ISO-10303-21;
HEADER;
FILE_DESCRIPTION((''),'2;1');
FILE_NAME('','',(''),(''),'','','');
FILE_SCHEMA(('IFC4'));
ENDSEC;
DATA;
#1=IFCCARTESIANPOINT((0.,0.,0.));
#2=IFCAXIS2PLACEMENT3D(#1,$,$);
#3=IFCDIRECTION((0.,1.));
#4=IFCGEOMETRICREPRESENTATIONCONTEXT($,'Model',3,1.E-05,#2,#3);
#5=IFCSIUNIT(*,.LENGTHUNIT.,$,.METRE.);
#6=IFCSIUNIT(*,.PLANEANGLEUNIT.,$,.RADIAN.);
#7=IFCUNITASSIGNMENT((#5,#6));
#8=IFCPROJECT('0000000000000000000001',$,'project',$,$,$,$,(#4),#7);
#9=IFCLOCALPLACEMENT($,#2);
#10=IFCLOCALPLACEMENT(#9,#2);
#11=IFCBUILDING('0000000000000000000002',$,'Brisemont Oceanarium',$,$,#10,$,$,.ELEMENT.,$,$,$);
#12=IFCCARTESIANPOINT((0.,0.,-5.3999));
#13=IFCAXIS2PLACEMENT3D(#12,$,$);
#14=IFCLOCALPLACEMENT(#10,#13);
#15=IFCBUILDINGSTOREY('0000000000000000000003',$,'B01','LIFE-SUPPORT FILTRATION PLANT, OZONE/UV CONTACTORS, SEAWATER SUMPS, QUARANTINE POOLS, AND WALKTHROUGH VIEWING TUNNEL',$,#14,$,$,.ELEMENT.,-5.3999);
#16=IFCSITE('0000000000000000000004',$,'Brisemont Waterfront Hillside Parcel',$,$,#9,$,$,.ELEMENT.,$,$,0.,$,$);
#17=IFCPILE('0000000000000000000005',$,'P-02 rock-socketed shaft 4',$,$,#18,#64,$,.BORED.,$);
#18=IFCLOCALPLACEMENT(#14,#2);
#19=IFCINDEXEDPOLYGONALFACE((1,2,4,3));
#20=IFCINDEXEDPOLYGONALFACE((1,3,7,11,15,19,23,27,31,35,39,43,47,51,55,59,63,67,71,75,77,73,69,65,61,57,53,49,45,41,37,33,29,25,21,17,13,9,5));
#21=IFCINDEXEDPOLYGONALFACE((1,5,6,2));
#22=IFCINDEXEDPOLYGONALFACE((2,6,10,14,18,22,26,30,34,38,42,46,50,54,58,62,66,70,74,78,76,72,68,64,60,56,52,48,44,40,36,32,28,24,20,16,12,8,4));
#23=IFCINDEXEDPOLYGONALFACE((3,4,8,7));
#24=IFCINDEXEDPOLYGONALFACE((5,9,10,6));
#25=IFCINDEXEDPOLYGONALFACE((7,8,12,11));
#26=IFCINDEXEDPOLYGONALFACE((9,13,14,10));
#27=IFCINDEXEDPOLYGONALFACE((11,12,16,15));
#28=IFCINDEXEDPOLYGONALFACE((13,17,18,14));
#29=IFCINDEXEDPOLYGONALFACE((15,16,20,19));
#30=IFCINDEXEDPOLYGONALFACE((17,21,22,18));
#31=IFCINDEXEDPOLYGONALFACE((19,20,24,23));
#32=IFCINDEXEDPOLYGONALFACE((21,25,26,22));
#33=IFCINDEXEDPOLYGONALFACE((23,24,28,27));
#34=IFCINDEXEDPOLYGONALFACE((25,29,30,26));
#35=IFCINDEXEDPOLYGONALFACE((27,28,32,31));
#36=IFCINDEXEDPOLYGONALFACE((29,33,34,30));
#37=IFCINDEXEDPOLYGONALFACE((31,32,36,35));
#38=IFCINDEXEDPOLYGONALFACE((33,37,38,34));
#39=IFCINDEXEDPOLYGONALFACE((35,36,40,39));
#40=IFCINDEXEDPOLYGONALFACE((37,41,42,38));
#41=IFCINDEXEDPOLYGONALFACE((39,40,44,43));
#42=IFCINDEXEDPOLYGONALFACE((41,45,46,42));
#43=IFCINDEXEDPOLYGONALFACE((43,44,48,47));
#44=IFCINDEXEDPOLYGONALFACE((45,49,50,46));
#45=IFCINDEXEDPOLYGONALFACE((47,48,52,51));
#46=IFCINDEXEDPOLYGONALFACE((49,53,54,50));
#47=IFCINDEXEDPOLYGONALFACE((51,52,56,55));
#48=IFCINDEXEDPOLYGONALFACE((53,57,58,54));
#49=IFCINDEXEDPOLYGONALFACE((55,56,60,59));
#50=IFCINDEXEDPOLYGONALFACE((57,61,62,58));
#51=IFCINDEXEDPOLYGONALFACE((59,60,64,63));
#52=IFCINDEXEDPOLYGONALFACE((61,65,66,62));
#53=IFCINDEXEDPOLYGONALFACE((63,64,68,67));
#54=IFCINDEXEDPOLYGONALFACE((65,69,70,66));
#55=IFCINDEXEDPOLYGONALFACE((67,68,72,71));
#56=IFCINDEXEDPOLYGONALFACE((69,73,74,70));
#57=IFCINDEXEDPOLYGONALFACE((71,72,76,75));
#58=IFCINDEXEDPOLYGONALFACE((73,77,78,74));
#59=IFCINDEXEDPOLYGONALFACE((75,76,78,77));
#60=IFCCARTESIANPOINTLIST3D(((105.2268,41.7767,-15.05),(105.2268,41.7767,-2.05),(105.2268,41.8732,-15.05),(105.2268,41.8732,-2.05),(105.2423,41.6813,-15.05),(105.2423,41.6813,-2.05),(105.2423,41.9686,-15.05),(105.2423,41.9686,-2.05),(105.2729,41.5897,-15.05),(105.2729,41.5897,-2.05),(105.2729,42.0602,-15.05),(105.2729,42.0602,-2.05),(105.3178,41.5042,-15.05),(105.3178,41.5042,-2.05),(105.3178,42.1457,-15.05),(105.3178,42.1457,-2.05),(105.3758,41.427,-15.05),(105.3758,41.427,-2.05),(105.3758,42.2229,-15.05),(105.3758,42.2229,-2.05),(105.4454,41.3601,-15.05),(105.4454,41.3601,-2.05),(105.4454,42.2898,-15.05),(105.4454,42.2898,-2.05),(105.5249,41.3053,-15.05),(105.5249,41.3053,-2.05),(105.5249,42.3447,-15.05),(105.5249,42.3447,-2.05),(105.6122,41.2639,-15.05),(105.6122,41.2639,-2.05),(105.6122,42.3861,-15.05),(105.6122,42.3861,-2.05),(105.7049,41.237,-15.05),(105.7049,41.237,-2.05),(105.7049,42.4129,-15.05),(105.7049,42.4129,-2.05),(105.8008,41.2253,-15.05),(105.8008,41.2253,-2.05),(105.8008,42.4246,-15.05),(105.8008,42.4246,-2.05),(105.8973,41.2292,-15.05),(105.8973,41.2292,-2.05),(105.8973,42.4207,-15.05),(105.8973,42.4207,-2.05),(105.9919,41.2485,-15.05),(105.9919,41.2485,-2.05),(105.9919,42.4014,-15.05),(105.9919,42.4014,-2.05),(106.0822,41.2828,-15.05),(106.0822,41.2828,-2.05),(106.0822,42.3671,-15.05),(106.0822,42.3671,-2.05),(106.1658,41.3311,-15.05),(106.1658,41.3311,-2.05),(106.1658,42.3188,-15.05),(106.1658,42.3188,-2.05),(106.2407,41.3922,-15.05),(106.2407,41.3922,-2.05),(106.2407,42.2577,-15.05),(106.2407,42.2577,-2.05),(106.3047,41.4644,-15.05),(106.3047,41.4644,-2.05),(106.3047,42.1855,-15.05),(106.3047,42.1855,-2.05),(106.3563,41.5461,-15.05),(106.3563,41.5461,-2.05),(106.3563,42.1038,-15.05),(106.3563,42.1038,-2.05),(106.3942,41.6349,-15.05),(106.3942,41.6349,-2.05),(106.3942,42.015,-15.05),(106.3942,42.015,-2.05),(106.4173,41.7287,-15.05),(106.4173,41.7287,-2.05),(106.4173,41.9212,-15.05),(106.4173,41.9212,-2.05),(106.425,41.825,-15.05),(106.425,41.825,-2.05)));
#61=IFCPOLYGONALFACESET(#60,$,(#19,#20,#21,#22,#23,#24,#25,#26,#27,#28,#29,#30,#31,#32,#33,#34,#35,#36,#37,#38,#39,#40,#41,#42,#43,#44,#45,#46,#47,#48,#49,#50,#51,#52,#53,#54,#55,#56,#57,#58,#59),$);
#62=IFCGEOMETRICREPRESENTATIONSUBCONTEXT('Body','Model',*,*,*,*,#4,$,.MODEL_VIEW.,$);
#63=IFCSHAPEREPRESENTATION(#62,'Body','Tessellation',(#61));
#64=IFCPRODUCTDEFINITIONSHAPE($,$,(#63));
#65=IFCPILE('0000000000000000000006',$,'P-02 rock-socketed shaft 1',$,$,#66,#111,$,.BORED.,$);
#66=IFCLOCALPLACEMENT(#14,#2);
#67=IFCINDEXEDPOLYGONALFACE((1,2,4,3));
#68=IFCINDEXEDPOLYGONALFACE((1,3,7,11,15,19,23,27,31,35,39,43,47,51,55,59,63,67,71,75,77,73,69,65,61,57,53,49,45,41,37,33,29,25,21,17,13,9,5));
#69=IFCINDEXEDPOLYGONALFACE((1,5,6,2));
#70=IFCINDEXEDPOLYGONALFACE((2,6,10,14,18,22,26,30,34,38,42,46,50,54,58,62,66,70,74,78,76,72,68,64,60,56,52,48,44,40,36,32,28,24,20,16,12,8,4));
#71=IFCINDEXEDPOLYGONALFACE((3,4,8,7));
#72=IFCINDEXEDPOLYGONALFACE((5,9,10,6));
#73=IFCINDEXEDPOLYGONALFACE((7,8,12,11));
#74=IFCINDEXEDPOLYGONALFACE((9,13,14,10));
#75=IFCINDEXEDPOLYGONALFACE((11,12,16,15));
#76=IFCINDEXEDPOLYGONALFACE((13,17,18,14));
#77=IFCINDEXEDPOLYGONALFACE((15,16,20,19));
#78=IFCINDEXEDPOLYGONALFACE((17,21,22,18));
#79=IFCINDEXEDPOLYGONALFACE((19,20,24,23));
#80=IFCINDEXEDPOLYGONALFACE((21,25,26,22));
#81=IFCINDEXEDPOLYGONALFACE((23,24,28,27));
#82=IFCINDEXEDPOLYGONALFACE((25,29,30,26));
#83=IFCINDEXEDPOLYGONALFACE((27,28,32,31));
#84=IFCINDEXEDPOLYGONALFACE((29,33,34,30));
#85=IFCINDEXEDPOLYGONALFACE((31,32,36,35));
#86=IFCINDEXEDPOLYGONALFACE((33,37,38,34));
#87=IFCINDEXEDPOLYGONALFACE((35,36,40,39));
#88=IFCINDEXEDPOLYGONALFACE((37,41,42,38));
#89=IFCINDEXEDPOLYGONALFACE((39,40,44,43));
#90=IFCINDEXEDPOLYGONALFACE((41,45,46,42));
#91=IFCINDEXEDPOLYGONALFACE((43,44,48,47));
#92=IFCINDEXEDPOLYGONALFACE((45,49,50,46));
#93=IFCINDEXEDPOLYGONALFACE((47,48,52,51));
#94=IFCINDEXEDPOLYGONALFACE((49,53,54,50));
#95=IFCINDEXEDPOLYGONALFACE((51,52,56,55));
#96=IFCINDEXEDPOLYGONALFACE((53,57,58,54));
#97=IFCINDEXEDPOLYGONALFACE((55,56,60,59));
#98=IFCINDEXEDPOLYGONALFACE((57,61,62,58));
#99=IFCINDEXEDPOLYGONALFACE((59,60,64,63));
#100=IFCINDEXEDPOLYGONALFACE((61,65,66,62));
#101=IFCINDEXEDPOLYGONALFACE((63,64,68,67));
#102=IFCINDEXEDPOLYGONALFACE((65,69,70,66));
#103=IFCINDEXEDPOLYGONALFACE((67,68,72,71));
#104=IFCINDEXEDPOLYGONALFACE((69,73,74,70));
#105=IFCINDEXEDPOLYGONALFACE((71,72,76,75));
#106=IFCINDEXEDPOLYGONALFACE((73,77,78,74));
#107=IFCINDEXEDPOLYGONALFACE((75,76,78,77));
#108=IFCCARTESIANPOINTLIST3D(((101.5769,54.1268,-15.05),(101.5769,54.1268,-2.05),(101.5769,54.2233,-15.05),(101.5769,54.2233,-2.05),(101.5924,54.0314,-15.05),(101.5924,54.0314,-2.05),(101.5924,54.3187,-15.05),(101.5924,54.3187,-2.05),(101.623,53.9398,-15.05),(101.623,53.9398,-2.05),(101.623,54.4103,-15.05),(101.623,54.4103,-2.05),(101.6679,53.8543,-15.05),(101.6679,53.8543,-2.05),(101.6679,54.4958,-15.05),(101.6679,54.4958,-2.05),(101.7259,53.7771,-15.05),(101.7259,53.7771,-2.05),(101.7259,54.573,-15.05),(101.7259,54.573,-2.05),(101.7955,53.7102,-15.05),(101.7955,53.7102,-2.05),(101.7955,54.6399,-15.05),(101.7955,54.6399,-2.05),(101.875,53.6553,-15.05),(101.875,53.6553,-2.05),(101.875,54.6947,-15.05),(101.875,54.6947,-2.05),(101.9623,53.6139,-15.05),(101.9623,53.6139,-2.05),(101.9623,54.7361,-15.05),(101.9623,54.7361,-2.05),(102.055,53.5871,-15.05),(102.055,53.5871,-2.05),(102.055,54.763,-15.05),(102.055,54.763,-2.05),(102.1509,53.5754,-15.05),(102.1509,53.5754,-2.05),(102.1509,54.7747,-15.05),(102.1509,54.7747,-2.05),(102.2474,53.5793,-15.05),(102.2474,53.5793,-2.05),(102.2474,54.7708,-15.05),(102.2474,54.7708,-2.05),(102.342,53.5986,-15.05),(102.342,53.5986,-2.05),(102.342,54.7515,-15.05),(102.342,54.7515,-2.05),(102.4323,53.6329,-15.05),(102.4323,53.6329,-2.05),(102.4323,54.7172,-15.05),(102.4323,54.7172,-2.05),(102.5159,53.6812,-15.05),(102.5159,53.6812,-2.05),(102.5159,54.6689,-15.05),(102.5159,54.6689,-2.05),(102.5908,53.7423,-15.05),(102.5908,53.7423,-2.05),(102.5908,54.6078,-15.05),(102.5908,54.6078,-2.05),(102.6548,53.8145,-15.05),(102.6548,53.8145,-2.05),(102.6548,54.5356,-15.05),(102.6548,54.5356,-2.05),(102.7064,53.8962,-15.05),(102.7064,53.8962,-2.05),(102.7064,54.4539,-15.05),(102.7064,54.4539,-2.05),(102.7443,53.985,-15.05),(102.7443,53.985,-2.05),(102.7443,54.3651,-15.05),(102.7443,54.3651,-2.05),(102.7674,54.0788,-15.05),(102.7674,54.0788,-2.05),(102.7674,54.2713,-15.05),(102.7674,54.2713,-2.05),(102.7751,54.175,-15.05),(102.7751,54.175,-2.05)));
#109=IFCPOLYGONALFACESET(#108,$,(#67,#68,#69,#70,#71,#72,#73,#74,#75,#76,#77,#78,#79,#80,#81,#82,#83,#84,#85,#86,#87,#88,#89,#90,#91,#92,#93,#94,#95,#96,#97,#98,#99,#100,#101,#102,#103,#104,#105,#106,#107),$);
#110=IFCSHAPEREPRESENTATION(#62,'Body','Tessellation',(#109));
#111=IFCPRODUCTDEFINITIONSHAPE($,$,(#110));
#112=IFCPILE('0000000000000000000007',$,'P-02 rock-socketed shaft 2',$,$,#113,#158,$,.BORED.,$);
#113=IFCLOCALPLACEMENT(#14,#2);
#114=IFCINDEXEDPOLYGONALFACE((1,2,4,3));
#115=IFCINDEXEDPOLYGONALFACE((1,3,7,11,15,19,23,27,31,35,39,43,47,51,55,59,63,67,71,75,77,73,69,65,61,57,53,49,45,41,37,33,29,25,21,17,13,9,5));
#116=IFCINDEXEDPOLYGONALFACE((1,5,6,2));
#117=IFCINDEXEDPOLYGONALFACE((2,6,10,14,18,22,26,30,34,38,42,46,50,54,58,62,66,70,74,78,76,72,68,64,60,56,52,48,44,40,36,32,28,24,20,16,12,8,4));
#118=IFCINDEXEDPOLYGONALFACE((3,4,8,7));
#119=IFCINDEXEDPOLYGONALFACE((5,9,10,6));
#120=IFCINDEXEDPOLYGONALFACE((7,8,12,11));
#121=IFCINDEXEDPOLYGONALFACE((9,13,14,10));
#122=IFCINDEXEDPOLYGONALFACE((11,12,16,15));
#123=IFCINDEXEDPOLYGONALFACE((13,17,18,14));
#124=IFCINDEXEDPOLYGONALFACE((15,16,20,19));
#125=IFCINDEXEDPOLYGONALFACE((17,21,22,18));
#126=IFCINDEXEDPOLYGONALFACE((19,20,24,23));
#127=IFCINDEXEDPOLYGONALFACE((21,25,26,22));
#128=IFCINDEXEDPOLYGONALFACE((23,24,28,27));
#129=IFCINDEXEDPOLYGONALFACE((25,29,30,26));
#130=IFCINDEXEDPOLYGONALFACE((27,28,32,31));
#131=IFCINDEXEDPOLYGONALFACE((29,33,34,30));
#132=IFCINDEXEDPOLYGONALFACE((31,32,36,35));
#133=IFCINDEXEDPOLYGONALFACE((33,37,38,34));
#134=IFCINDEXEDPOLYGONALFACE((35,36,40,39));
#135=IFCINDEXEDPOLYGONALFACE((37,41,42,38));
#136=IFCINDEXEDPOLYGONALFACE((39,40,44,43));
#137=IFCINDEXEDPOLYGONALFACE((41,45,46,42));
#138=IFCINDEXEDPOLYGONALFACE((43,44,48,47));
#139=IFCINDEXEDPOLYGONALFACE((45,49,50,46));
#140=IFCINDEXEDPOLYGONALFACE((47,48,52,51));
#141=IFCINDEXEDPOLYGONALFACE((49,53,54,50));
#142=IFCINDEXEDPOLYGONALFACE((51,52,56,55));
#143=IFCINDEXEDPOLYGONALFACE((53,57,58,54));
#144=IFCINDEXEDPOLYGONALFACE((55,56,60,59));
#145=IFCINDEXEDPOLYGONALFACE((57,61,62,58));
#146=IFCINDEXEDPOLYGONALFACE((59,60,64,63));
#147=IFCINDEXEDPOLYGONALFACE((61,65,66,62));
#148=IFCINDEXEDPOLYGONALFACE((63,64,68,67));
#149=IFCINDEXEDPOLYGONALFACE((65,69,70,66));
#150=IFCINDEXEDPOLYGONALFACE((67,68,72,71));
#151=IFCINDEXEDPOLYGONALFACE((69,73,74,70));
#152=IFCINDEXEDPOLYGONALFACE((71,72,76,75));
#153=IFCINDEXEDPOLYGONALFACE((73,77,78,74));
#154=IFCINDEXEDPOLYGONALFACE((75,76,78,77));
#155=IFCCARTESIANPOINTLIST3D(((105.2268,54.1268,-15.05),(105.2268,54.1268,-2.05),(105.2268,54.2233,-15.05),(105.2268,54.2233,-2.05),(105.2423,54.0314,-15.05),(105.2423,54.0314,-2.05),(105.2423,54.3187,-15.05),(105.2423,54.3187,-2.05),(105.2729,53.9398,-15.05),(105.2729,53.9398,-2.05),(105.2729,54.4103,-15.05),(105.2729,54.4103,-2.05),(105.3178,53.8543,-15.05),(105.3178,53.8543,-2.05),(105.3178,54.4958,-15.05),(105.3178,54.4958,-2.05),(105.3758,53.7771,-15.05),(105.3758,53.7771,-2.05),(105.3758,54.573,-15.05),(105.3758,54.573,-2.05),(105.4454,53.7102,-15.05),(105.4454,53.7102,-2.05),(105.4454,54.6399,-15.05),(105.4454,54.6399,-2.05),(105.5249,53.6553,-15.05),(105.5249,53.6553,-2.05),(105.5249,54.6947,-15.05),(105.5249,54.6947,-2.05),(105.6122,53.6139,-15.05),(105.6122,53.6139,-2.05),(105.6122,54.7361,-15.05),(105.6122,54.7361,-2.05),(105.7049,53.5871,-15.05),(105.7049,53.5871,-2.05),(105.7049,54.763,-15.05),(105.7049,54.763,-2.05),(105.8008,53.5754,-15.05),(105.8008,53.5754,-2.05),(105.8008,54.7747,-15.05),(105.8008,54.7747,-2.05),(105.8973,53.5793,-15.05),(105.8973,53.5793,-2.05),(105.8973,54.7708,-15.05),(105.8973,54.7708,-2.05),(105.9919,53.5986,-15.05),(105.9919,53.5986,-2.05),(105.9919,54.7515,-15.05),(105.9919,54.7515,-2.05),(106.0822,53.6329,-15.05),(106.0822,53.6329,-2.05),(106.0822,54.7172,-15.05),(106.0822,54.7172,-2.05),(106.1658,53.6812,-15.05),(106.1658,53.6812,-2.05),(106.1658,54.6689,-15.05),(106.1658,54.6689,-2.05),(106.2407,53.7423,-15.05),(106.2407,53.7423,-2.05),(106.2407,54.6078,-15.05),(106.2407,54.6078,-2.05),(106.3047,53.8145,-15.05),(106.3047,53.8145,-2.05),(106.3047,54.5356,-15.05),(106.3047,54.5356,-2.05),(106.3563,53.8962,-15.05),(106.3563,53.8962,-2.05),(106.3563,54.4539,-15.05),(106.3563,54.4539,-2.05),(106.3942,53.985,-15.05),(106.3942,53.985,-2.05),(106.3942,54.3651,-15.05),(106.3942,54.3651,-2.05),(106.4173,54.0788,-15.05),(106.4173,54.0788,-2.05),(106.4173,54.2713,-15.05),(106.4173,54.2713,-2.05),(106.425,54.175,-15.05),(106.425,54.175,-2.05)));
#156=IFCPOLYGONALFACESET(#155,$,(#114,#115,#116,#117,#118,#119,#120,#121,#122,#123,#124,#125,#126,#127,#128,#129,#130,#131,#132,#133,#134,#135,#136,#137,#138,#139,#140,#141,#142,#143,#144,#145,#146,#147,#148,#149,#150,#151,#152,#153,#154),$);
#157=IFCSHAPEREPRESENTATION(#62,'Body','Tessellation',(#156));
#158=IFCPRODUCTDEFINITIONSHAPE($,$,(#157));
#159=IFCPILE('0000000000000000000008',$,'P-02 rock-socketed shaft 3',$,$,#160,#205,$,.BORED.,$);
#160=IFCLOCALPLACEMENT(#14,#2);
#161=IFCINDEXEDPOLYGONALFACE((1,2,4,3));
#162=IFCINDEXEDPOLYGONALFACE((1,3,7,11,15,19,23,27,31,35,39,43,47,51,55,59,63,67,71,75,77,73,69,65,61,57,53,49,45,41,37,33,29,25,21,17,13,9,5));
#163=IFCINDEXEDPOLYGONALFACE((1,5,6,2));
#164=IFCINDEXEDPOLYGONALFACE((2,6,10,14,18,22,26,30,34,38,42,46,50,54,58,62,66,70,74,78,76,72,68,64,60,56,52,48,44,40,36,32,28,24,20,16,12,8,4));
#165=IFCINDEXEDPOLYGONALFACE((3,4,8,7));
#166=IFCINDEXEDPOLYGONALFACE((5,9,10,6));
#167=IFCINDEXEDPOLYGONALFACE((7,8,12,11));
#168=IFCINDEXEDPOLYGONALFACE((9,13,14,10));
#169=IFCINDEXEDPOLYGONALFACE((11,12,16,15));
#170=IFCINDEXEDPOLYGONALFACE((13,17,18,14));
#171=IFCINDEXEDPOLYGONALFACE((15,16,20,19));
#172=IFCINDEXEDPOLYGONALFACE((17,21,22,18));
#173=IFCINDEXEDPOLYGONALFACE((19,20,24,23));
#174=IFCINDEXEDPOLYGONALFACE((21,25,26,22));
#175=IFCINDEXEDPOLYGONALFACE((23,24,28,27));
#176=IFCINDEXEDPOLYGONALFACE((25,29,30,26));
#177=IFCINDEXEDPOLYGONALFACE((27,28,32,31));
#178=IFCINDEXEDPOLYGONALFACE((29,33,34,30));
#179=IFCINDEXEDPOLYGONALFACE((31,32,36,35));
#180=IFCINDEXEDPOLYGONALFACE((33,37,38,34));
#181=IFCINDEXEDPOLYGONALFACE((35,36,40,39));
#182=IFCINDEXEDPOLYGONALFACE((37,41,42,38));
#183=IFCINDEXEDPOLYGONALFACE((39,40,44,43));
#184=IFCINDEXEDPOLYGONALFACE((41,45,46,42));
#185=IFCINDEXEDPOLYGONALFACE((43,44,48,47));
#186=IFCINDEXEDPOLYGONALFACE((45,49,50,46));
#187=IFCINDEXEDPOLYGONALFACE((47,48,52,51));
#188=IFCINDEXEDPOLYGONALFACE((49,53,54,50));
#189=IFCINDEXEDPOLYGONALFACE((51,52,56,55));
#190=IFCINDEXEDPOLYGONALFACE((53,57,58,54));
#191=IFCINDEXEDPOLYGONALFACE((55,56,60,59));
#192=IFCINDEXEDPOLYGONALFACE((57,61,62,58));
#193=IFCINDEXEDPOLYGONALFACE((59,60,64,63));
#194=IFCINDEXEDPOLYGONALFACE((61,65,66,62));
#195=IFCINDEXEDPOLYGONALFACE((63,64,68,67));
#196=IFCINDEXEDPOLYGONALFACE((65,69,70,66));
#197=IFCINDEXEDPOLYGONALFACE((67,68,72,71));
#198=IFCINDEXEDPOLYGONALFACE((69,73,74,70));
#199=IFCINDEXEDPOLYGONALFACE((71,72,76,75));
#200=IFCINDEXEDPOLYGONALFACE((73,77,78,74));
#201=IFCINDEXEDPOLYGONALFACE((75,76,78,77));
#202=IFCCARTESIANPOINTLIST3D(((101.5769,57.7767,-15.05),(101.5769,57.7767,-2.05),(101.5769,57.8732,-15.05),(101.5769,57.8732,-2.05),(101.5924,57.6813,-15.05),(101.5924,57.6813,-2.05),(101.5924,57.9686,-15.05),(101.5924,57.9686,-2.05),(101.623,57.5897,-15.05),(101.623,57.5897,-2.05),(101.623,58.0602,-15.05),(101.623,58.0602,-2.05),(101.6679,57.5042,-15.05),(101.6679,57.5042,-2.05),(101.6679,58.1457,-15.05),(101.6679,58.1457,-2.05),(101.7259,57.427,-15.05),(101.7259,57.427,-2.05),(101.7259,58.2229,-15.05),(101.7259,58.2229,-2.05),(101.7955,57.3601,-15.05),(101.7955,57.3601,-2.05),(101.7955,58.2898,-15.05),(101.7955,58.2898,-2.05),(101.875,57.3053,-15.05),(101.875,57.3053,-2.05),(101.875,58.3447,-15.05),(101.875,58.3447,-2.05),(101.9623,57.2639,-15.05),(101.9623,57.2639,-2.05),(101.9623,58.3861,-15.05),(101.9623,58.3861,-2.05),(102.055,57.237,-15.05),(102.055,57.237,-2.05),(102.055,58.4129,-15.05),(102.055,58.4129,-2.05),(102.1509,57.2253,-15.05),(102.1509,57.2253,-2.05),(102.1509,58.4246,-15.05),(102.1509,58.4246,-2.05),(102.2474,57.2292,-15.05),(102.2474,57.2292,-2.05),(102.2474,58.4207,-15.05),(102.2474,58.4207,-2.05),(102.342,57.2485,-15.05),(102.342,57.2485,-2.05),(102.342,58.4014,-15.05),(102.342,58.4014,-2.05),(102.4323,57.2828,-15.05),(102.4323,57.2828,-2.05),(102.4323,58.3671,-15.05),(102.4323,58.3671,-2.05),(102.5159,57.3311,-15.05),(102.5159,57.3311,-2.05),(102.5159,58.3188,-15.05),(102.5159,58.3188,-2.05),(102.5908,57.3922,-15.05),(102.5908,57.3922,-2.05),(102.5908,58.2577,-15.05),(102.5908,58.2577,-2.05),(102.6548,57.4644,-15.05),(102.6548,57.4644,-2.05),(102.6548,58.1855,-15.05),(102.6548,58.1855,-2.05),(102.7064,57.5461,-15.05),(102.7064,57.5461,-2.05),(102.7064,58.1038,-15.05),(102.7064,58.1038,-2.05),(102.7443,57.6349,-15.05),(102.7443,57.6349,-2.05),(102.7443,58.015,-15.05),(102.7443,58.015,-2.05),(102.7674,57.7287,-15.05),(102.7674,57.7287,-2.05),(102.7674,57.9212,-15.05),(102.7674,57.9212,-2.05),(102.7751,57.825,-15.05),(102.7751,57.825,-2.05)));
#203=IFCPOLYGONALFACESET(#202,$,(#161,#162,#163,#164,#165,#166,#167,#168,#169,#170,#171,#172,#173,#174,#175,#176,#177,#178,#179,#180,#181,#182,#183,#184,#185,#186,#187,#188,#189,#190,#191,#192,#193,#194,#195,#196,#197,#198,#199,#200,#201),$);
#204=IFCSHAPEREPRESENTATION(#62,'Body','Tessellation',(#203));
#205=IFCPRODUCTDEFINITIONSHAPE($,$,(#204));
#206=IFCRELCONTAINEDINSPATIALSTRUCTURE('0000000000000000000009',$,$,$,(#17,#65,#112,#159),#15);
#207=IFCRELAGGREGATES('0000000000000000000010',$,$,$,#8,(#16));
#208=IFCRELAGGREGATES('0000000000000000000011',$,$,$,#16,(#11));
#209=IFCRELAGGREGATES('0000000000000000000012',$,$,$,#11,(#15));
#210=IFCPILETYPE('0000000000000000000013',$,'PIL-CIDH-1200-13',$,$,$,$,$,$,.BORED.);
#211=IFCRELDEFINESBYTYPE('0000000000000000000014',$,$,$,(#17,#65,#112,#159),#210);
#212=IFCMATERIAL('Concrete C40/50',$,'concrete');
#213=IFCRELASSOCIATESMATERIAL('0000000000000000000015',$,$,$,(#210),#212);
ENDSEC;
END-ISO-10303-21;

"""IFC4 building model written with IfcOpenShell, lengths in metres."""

from ifc_helpers import new_model, si_unit, direction, frame, origin, origin_2d, place, context, subcontext, project, spatial, circle, extrude, material, material_profile, profile_set, type_object, element, save


model = new_model("IFC4")

# Units and contexts
model_context = context("Model", 3, precision=1e-05, world=origin(), true_north=direction((0.0, 1.0)))
body_context = subcontext(model_context, "Body", "Model", "MODEL_VIEW")
ifc_project = project(units=[si_unit("LENGTHUNIT", "METRE"), si_unit("PLANEANGLEUNIT", "RADIAN")], contexts=[model_context])

# Site, building, storey
site_placement = place(None, origin())
site = spatial("IfcSite", under=ifc_project, at=site_placement, Name="Brisemont Waterfront Hillside Parcel", CompositionType="ELEMENT", RefElevation=0.0)
building_placement = place(site_placement, origin())
building = spatial("IfcBuilding", under=site, at=building_placement, Name="Brisemont Oceanarium", CompositionType="ELEMENT")
storey_placement = place(building_placement, frame((0.0, 0.0, -5.3999)))
storey = spatial("IfcBuildingStorey", under=building, at=storey_placement, Name="B01", Description="LIFE-SUPPORT FILTRATION PLANT, OZONE/UV CONTACTORS, SEAWATER SUMPS, QUARANTINE POOLS, AND WALKTHROUGH VIEWING TUNNEL", CompositionType="ELEMENT", Elevation=-5.3999)

# Piles
ifc_material_1 = material(Name="Concrete C40/50", Category="concrete")
ifc_material_profile_1 = material_profile(ifc_material_1, circle(Radius=0.6001, at=origin_2d()), Name="CIDH-D1200")
ifc_profile_set_1 = profile_set([ifc_material_profile_1], Name="Concrete C40/50")
pile_type_1 = type_object("IfcPileType", Name="PIL-CIDH-1200-13", PredefinedType="BORED", material=ifc_profile_set_1)
for number, where, z_axis, x_axis, name in (
    (1, (105.825, 41.825, -2.05), (0.0, 0.0, -1.0), (1.0, 0.0, 0.0), "P-02 rock-socketed shaft 4"),
    (2, (102.175, 54.175, -2.05), (0.0, 0.0, -1.0), (1.0, 0.0, 0.0), "P-02 rock-socketed shaft 1"),
    (3, (105.825, 54.175, -2.05), (0.0, 0.0, -1.0), (1.0, 0.0, 0.0), "P-02 rock-socketed shaft 2"),
    (4, (102.175, 57.825, -2.05), (0.0, 0.0, -1.0), (1.0, 0.0, 0.0), "P-02 rock-socketed shaft 3"),
):
    element("IfcPile", number, at=place(storey_placement, frame(where, z_axis=z_axis, x_axis=x_axis)), inside=storey, type_object=pile_type_1, Name=name, PredefinedType="BORED", context=body_context, shape_type="SweptSolid", body=[
        extrude(circle(Radius=0.6001, at=origin_2d()), origin(), (0.0, 0.0, 1.0), 13.0),
    ])

save(model, "model.ifc")
